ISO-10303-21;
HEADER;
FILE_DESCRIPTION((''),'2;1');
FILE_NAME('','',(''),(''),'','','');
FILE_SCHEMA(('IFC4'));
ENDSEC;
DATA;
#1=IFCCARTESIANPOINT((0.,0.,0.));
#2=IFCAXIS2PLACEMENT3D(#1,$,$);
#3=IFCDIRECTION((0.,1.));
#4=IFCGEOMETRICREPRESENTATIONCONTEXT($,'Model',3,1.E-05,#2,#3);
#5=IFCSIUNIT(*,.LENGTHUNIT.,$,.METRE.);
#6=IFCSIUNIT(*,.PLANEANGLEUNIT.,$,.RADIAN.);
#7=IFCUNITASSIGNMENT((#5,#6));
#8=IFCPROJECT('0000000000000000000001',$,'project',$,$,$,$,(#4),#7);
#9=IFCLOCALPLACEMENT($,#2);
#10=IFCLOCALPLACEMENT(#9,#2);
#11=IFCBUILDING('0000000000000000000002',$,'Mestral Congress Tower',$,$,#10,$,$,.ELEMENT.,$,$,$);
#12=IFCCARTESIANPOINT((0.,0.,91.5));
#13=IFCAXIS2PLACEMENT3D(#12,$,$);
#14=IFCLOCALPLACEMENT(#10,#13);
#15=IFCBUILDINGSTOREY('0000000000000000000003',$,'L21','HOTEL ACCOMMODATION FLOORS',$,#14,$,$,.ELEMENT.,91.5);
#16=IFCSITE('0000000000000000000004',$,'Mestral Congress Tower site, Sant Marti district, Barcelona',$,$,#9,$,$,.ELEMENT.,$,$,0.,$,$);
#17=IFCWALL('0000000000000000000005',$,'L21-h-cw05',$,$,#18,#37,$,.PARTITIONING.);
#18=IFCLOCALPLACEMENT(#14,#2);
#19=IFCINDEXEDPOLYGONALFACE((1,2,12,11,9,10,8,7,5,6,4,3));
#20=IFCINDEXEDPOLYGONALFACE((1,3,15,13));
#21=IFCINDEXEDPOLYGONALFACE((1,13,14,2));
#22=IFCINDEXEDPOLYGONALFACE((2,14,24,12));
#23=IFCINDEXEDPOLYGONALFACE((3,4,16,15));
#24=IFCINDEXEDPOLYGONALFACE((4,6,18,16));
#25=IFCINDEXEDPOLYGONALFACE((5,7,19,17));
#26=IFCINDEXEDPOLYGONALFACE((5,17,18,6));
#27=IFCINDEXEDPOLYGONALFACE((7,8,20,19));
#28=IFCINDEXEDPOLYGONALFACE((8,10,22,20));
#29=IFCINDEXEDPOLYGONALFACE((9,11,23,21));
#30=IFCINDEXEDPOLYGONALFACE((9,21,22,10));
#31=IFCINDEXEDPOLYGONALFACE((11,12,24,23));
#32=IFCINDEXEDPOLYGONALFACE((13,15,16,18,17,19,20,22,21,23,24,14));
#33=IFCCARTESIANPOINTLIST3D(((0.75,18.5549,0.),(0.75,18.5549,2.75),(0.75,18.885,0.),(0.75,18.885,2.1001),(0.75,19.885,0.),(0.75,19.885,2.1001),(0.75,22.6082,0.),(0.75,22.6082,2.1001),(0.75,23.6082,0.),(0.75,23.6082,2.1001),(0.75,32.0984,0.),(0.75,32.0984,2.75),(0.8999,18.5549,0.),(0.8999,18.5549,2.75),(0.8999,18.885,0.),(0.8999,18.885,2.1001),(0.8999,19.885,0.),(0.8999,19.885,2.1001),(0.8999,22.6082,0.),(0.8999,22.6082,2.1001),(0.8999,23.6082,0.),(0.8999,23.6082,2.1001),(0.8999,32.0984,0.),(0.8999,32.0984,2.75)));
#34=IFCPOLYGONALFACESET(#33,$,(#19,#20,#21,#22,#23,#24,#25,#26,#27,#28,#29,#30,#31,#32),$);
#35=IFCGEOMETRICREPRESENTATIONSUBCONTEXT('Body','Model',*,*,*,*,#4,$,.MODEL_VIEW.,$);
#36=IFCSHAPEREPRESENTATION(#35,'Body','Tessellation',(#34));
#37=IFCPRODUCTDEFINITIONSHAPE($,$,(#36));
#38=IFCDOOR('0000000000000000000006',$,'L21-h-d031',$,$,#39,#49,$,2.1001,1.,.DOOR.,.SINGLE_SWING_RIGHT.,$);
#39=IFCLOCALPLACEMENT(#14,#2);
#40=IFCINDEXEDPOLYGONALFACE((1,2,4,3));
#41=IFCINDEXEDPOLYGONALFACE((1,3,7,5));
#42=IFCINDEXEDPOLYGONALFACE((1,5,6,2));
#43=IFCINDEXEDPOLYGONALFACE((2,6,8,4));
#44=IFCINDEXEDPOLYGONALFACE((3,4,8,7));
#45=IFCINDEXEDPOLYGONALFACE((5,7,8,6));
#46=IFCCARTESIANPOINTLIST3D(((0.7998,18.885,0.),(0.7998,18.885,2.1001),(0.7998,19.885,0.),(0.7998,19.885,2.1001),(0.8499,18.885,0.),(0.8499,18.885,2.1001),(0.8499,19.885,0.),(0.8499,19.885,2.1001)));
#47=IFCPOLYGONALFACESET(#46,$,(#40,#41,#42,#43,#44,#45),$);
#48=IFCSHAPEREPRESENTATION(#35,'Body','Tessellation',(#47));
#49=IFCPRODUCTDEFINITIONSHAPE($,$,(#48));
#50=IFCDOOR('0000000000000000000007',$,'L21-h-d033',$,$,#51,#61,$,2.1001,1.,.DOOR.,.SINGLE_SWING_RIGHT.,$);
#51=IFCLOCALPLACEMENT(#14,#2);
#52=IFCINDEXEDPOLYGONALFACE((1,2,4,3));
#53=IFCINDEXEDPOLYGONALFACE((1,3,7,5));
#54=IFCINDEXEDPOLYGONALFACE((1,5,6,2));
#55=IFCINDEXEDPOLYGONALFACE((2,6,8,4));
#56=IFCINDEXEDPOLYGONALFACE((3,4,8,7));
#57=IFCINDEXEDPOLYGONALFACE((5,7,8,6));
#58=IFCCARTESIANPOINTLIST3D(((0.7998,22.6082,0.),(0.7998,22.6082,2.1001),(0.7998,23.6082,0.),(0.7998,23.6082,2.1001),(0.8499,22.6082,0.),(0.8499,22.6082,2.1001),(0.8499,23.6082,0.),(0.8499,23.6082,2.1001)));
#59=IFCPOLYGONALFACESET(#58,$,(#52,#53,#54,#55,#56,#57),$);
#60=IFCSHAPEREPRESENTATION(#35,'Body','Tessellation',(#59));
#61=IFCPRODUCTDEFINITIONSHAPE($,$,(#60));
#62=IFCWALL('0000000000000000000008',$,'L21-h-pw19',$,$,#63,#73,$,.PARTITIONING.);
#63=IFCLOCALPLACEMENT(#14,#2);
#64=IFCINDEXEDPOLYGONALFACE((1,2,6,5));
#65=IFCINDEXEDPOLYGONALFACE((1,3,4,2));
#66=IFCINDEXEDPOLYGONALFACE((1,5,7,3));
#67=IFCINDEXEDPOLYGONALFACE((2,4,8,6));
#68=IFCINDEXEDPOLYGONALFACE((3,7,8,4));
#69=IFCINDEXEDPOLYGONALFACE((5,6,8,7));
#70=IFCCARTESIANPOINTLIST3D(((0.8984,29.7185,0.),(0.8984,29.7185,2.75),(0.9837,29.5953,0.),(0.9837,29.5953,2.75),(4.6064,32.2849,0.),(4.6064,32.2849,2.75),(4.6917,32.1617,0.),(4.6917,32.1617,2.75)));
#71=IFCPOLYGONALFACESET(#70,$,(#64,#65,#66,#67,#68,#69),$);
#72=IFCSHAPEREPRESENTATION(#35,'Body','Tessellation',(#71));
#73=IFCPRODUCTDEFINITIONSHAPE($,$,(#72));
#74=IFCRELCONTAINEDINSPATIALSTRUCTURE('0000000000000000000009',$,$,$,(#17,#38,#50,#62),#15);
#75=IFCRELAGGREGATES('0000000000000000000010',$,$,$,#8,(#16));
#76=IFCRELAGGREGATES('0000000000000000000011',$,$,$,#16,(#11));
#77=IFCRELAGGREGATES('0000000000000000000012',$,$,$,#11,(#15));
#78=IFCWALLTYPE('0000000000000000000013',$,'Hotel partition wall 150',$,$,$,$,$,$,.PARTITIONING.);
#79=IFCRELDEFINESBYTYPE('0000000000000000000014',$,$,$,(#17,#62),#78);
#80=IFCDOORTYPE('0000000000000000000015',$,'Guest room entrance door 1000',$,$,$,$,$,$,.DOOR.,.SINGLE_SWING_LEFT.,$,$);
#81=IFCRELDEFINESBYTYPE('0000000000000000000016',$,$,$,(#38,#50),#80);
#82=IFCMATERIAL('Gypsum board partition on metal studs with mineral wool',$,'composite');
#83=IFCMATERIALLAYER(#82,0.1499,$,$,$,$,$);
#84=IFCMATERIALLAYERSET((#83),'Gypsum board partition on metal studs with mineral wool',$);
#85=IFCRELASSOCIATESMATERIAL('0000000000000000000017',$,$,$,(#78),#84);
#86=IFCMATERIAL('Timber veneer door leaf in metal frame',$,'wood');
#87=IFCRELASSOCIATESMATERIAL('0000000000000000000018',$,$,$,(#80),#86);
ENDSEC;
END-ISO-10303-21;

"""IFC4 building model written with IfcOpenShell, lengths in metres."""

from ifc_helpers import new_model, si_unit, direction, frame, frame_2d, origin, place, context, subcontext, project, spatial, rectangle, extrude, material, layer, layer_set, type_object, element, fill, save


model = new_model("IFC4")

# Units and contexts
model_context = context("Model", 3, precision=1e-05, world=origin(), true_north=direction((0.0, 1.0)))
body_context = subcontext(model_context, "Body", "Model", "MODEL_VIEW")
ifc_project = project(units=[si_unit("LENGTHUNIT", "METRE"), si_unit("PLANEANGLEUNIT", "RADIAN")], contexts=[model_context])

# Site, building, storey
site_placement = place(None, origin())
site = spatial("IfcSite", under=ifc_project, at=site_placement, Name="Mestral Congress Tower site, Sant Marti district, Barcelona", CompositionType="ELEMENT", RefElevation=0.0)
building_placement = place(site_placement, origin())
building = spatial("IfcBuilding", under=site, at=building_placement, Name="Mestral Congress Tower", CompositionType="ELEMENT")
storey_placement = place(building_placement, frame((0.0, 0.0, 91.5)))
storey = spatial("IfcBuildingStorey", under=building, at=storey_placement, Name="L21", Description="HOTEL ACCOMMODATION FLOORS", CompositionType="ELEMENT", Elevation=91.5)

# Shared definitions
ifc_material_1 = material(Name="Gypsum board partition on metal studs with mineral wool", Category="composite")

# Wall, openings, doors
ifc_layer_1 = layer(ifc_material_1, 0.1499)
ifc_layer_set_1 = layer_set([ifc_layer_1], Name="Gypsum board partition on metal studs with mineral wool")
wall_type_1 = type_object("IfcWallType", Name="Hotel partition wall 150", PredefinedType="PARTITIONING", material=ifc_layer_set_1)
wall_1_placement = place(storey_placement, frame((0.825, 32.0984, 0.0), z_axis=(0.0, 0.0, 1.0), x_axis=(0.0, -1.0, 0.0)))
wall_1 = element("IfcWall", 1, at=wall_1_placement, inside=storey, type_object=wall_type_1, Name="L21-h-cw05", PredefinedType="PARTITIONING", context=body_context, shape_type="SweptSolid", body=[
    extrude(rectangle(XDim=13.5435, YDim=0.1499, at=frame_2d((6.7717, 0.0))), origin(), (0.0, 0.0, 1.0), 2.75),
])
opening_1_placement = place(wall_1_placement, frame((12.2134, 0.0, 0.0)))
opening_1 = element("IfcOpeningElement", 2, at=opening_1_placement, cuts=wall_1, PredefinedType="OPENING", context=body_context, shape_type="SweptSolid", body=[
    extrude(rectangle(XDim=1.0, YDim=2.1001, at=frame_2d((0.5, 1.05))), frame((0.0, 0.085, 0.0), z_axis=(0.0, -1.0, 0.0), x_axis=(1.0, 0.0, 0.0)), (0.0, 0.0, 1.0), 0.1699),
])
opening_2_placement = place(wall_1_placement, frame((8.4902, 0.0, 0.0)))
opening_2 = element("IfcOpeningElement", 3, at=opening_2_placement, cuts=wall_1, PredefinedType="OPENING", context=body_context, shape_type="SweptSolid", body=[
    extrude(rectangle(XDim=1.0, YDim=2.1001, at=frame_2d((0.5, 1.05))), frame((0.0, 0.085, 0.0), z_axis=(0.0, -1.0, 0.0), x_axis=(1.0, 0.0, 0.0)), (0.0, 0.0, 1.0), 0.1699),
])
ifc_material_2 = material(Name="Timber veneer door leaf in metal frame", Category="wood")
door_type = type_object("IfcDoorType", Name="Guest room entrance door 1000", OperationType="SINGLE_SWING_LEFT", PredefinedType="DOOR", material=ifc_material_2)
door_1_placement = place(opening_1_placement, origin())
door_1 = element("IfcDoor", 4, at=door_1_placement, inside=storey, type_object=door_type, Name="L21-h-d031", OperationType="SINGLE_SWING_RIGHT", OverallHeight=2.1001, OverallWidth=1.0, PredefinedType="DOOR", context=body_context, shape_type="SweptSolid", body=[
    extrude(rectangle(XDim=1.0, YDim=2.1001, at=frame_2d((0.5, 1.05))), frame((0.0, 0.0249, 0.0), z_axis=(0.0, -1.0, 0.0), x_axis=(1.0, 0.0, 0.0)), (0.0, 0.0, 1.0), 0.05),
])
fill(opening_1, door_1)
door_2_placement = place(opening_2_placement, origin())
door_2 = element("IfcDoor", 5, at=door_2_placement, inside=storey, type_object=door_type, Name="L21-h-d033", OperationType="SINGLE_SWING_RIGHT", OverallHeight=2.1001, OverallWidth=1.0, PredefinedType="DOOR", context=body_context, shape_type="SweptSolid", body=[
    extrude(rectangle(XDim=1.0, YDim=2.1001, at=frame_2d((0.5, 1.05))), frame((0.0, 0.0249, 0.0), z_axis=(0.0, -1.0, 0.0), x_axis=(1.0, 0.0, 0.0)), (0.0, 0.0, 1.0), 0.05),
])
fill(opening_2, door_2)

# Wall
wall_2_placement = place(storey_placement, frame((4.6492, 32.2234, 0.0), z_axis=(0.0, 0.0, 1.0), x_axis=(-0.822262, -0.569109, 0.0)))
element("IfcWall", 6, at=wall_2_placement, inside=storey, type_object=wall_type_1, Name="L21-h-pw19", PredefinedType="PARTITIONING", context=body_context, shape_type="SweptSolid", body=[
    extrude(rectangle(XDim=4.5095, YDim=0.1499, at=frame_2d((2.2549, 0.0))), origin(), (0.0, 0.0, 1.0), 2.75),
])

save(model, "model.ifc")
